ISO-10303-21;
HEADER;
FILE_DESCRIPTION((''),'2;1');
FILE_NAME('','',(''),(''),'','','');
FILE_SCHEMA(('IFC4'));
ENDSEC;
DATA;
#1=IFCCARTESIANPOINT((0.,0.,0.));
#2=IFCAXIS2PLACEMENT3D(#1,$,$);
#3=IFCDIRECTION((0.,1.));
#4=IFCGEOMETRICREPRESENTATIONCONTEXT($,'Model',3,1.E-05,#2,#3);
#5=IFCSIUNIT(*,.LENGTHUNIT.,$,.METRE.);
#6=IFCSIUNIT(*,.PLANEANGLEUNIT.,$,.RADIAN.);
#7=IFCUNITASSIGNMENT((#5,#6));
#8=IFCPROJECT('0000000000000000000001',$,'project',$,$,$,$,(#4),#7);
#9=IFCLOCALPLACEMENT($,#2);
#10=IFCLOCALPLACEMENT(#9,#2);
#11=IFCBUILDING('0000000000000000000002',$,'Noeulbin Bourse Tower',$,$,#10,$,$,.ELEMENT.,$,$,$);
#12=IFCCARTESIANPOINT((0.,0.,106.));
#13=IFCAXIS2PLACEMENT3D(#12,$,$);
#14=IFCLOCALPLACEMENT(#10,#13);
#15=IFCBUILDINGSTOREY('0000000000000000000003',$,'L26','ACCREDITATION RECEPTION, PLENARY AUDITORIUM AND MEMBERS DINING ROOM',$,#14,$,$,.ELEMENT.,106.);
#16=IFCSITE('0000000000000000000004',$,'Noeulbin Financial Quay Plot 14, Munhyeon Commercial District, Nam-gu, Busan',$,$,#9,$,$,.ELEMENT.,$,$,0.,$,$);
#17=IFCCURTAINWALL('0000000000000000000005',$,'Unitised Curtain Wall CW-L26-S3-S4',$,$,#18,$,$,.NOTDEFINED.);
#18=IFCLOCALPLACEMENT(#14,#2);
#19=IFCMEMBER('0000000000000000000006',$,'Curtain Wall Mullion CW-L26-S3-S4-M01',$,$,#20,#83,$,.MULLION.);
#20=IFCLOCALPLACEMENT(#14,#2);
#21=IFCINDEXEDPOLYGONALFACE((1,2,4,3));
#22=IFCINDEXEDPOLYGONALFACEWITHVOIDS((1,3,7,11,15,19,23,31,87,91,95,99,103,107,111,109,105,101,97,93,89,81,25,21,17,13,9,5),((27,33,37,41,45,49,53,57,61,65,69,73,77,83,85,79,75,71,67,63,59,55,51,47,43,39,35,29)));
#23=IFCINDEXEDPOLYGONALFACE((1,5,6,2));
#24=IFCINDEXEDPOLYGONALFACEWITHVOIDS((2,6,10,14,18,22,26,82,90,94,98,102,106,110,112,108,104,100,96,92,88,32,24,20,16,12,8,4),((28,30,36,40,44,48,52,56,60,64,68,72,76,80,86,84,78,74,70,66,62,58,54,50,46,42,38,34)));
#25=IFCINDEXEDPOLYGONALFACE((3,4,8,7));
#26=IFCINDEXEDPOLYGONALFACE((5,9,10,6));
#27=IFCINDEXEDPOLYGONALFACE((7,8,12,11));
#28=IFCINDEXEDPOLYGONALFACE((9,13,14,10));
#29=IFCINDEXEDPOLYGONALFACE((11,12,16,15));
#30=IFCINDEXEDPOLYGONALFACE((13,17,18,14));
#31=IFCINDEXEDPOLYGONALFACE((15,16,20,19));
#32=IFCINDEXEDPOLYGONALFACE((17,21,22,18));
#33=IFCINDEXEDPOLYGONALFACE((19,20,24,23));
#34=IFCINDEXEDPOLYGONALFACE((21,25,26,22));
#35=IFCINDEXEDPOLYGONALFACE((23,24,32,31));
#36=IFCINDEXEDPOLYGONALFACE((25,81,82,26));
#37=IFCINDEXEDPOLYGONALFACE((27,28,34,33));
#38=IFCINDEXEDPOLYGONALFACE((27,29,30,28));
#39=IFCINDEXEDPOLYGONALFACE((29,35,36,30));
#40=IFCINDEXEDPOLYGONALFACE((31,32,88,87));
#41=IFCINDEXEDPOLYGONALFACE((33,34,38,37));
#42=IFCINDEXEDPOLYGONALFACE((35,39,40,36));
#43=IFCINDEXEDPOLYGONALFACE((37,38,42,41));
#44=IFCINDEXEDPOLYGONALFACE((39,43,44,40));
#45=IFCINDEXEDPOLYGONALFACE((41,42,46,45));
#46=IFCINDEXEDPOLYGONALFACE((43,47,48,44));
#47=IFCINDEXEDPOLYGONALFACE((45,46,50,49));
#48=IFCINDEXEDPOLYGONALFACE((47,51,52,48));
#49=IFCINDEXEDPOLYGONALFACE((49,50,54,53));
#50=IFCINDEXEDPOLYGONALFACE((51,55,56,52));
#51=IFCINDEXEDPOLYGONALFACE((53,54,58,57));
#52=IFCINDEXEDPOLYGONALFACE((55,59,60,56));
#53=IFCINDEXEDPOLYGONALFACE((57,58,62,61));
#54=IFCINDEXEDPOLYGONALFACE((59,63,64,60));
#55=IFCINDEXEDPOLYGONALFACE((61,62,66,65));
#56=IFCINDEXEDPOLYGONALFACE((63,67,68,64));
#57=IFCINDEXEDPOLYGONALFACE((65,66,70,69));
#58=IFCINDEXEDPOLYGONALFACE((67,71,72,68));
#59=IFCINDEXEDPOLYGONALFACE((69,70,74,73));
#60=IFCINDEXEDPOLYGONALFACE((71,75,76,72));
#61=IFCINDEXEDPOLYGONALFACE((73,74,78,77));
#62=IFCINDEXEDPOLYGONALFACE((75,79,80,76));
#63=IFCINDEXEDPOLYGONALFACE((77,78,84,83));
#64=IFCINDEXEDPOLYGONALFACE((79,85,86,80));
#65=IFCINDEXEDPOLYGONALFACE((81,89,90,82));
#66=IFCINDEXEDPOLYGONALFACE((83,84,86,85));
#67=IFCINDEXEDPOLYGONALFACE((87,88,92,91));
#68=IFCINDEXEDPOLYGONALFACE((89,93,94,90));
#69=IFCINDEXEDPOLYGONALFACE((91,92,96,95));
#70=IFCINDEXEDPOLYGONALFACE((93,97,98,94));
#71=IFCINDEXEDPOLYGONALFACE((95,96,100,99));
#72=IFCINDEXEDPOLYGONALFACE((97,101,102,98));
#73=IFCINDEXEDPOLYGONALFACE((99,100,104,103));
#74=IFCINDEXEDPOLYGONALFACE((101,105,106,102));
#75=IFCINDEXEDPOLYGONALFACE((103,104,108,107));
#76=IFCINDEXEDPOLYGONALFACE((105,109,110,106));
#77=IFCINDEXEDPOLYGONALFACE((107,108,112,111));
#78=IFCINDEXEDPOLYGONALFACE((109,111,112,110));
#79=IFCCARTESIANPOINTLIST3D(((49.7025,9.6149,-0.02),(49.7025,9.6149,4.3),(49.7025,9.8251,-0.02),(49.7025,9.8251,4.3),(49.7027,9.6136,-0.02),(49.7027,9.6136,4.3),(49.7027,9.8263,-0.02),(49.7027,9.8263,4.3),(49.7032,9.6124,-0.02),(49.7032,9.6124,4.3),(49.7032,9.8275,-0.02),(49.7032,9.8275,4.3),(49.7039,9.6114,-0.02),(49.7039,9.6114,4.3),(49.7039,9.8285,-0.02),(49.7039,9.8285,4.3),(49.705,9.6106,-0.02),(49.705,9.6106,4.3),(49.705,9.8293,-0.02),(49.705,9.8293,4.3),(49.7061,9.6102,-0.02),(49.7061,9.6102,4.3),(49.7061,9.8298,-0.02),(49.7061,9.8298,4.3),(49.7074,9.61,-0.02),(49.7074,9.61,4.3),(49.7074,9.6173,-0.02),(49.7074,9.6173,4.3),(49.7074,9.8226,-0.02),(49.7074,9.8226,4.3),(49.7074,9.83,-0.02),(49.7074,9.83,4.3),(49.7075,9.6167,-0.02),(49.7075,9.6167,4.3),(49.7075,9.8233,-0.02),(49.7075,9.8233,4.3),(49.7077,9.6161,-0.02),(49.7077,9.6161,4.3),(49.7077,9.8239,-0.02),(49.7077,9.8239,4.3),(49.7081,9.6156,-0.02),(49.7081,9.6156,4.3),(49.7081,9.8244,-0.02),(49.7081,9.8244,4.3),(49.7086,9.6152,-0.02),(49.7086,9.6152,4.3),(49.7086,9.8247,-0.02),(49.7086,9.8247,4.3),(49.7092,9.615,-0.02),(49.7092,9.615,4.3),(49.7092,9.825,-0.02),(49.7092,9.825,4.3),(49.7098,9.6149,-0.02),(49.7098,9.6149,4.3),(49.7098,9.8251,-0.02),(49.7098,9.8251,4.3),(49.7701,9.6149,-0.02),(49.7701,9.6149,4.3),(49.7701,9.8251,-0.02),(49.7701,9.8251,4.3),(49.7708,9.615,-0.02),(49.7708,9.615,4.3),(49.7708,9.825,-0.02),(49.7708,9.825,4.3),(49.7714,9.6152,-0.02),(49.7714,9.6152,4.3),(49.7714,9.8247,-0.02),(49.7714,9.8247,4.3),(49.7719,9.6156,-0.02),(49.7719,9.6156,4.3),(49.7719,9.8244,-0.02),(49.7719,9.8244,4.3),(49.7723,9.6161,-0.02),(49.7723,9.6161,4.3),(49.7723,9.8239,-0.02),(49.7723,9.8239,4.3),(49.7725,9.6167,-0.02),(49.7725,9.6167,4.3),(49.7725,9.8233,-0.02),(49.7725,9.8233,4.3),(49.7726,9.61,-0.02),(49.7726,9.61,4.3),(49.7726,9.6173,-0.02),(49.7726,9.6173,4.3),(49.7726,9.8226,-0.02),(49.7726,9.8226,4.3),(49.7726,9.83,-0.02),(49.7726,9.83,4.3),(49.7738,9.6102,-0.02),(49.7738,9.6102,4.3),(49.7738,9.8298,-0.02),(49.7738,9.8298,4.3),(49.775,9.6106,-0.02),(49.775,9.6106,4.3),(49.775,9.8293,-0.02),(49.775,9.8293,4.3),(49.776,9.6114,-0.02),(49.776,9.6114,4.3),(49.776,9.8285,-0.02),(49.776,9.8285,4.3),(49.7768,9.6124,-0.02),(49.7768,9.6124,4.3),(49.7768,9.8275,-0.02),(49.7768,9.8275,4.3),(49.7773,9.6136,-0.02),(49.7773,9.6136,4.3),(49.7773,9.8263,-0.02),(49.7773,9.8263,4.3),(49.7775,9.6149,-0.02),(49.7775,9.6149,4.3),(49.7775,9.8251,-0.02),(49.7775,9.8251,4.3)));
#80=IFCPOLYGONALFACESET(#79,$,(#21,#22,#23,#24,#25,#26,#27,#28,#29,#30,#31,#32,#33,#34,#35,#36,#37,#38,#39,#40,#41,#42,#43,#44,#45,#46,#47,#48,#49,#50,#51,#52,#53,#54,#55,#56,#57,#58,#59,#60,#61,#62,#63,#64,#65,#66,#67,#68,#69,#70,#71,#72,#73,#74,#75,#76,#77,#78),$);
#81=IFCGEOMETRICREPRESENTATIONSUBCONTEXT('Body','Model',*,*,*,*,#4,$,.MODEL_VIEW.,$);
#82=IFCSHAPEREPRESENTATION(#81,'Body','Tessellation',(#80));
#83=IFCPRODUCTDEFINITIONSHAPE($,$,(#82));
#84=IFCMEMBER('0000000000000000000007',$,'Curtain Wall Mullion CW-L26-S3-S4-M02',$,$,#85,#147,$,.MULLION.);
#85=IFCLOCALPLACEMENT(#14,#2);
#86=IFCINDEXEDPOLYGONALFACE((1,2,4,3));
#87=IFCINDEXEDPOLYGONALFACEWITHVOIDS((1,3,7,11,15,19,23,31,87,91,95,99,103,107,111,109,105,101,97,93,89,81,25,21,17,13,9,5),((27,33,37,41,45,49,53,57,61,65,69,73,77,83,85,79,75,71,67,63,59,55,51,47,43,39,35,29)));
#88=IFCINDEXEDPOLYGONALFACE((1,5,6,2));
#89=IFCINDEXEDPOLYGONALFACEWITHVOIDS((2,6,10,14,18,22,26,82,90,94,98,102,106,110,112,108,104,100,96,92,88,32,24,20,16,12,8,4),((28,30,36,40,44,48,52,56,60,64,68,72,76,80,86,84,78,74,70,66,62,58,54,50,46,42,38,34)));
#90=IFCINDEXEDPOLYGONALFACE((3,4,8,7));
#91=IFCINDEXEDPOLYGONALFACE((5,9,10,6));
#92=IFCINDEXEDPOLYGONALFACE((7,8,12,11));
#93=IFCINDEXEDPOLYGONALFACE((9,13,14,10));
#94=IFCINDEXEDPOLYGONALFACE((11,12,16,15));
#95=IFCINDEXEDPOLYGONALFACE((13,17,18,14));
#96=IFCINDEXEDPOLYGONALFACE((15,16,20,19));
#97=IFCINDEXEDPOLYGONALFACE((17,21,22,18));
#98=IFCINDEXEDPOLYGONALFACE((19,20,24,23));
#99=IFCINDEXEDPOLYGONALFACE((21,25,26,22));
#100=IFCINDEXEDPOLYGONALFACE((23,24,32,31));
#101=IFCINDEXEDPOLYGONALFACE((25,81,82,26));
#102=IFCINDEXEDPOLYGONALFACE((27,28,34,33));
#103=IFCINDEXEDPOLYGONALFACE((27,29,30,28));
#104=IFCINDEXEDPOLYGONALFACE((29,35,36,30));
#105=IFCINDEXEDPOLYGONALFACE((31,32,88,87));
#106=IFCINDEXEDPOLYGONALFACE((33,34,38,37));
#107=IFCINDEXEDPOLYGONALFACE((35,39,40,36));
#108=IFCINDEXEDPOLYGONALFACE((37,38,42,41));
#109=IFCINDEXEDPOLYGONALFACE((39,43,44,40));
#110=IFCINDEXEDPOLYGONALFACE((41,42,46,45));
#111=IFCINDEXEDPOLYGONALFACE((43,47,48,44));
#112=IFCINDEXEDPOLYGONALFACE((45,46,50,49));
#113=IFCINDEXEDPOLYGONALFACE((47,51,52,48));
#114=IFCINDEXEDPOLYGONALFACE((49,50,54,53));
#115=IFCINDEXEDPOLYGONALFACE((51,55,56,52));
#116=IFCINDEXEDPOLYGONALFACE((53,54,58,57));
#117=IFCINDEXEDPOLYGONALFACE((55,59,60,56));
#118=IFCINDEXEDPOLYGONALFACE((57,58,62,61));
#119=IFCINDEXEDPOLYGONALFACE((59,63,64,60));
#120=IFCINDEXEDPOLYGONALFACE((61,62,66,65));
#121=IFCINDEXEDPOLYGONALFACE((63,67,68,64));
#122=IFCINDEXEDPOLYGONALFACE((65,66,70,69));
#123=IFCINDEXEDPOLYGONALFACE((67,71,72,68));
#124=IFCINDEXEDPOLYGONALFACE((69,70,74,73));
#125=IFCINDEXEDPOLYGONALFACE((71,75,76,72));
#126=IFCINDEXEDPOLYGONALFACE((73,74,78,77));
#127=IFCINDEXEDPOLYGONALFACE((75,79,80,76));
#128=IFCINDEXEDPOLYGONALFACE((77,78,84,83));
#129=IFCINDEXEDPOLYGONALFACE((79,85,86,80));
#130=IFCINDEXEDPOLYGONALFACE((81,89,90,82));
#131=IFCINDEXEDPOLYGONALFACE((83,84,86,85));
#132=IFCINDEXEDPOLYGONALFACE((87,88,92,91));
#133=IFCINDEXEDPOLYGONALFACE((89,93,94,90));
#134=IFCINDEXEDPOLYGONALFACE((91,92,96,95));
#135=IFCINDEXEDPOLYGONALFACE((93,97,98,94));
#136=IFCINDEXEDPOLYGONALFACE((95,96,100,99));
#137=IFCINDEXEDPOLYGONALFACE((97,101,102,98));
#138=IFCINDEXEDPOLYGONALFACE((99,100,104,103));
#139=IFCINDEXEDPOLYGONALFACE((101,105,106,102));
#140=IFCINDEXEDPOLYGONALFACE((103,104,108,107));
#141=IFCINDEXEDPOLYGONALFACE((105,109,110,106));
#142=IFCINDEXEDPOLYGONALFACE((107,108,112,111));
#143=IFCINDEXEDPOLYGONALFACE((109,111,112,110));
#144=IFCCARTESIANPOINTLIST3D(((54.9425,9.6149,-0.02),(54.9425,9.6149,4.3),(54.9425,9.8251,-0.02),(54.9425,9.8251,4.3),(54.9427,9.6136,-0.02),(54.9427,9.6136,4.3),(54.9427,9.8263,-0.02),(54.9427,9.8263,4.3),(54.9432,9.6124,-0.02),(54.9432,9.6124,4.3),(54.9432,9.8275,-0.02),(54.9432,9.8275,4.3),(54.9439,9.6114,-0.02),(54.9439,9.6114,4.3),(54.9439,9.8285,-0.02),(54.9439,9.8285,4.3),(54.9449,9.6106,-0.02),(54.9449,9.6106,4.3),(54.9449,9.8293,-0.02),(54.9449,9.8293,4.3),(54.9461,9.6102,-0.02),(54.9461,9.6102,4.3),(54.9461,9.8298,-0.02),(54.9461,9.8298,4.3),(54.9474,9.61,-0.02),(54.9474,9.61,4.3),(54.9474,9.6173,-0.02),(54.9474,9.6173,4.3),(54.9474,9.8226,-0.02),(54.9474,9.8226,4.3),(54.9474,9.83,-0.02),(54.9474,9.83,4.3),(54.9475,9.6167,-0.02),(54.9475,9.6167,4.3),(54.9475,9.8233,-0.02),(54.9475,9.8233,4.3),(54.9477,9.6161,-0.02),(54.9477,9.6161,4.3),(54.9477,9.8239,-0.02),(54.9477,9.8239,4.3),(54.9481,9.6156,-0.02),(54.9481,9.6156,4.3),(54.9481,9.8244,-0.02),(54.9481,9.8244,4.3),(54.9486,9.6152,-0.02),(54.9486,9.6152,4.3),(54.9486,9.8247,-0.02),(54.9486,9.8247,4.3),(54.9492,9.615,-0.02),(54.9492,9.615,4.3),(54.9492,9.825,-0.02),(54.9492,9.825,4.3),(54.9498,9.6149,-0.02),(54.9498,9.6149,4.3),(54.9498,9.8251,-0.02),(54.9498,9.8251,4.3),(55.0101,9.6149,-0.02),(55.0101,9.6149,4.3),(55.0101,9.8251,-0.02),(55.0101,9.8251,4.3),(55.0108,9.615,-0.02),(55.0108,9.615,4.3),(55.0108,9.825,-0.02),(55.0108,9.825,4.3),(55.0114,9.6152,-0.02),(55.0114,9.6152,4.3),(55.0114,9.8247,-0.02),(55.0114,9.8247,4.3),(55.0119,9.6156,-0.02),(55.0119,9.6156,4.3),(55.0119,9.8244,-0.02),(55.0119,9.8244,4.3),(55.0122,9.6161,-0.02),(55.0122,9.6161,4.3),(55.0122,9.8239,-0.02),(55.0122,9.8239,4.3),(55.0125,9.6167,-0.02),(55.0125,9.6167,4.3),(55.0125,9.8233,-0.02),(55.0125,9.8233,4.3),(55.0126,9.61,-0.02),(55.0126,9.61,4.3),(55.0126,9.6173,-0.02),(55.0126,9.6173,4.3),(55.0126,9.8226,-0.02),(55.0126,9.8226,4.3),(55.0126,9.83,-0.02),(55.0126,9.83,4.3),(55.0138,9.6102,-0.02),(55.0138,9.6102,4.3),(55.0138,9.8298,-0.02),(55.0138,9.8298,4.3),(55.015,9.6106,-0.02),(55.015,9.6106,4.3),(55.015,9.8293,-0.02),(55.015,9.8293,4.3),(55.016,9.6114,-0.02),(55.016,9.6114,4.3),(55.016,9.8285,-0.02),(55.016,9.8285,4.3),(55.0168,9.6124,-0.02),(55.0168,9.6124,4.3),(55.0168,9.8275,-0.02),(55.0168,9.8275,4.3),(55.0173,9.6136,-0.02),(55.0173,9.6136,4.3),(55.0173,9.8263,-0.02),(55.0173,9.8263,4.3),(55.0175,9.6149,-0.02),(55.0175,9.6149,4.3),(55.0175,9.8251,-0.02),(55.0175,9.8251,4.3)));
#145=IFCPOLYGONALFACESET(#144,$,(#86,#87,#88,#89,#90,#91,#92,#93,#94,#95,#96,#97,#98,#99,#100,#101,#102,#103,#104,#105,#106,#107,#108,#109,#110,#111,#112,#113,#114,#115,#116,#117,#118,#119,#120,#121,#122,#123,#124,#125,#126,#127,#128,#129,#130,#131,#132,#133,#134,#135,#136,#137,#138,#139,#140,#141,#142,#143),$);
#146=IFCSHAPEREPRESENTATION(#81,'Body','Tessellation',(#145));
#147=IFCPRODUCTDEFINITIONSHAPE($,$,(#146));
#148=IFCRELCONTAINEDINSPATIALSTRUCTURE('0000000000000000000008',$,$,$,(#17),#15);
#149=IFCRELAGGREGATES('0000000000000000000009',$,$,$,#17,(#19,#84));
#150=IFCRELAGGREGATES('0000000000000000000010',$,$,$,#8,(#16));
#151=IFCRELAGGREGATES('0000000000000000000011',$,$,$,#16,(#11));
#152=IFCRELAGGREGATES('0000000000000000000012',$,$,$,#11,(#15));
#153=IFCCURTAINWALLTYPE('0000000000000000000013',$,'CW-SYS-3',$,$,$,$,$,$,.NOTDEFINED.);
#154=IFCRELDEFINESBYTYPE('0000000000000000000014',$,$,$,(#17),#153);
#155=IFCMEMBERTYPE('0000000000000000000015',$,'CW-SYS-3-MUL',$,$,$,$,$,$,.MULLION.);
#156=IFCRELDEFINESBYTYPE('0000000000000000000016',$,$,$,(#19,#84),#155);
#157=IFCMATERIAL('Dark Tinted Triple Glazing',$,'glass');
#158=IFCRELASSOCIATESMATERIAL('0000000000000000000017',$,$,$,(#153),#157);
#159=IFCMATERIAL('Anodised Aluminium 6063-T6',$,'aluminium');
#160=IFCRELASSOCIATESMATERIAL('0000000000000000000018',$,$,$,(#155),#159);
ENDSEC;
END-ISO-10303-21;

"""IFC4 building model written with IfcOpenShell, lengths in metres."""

from ifc_helpers import new_model, si_unit, direction, frame, origin, origin_2d, place, context, subcontext, project, spatial, hollow_rectangle, extrude, material, material_profile, profile_set, type_object, element, aggregate, save


model = new_model("IFC4")

# Units and contexts
model_context = context("Model", 3, precision=1e-05, world=origin(), true_north=direction((0.0, 1.0)))
body_context = subcontext(model_context, "Body", "Model", "MODEL_VIEW")
ifc_project = project(units=[si_unit("LENGTHUNIT", "METRE"), si_unit("PLANEANGLEUNIT", "RADIAN")], contexts=[model_context])

# Site, building, storey
site_placement = place(None, origin())
site = spatial("IfcSite", under=ifc_project, at=site_placement, Name="Noeulbin Financial Quay Plot 14, Munhyeon Commercial District, Nam-gu, Busan", CompositionType="ELEMENT", RefElevation=0.0)
building_placement = place(site_placement, origin())
building = spatial("IfcBuilding", under=site, at=building_placement, Name="Noeulbin Bourse Tower", CompositionType="ELEMENT")
storey_placement = place(building_placement, frame((0.0, 0.0, 106.0)))
storey = spatial("IfcBuildingStorey", under=building, at=storey_placement, Name="L26", Description="ACCREDITATION RECEPTION, PLENARY AUDITORIUM AND MEMBERS DINING ROOM", CompositionType="ELEMENT", Elevation=106.0)

# Shared definitions
ifc_material_1 = material(Name="Dark Tinted Triple Glazing", Category="glass")
curtain_wall_type = type_object("IfcCurtainWallType", Name="CW-SYS-3", PredefinedType="NOTDEFINED", material=ifc_material_1)
ifc_material_2 = material(Name="Anodised Aluminium 6063-T6", Category="aluminium")
ifc_material_profile_1 = material_profile(ifc_material_2, hollow_rectangle(XDim=0.075, YDim=0.22, WallThickness=0.0049, InnerFilletRadius=0.0024, OuterFilletRadius=0.0049, at=origin_2d()), Name="ALU-MULL-75x220x5", Category="LoadBearing")
ifc_profile_set_1 = profile_set([ifc_material_profile_1], Name="Anodised Aluminium 6063-T6")
member_type_1 = type_object("IfcMemberType", Name="CW-SYS-3-MUL", PredefinedType="MULLION", material=ifc_profile_set_1)

# Curtain wall, members
curtain_wall_1_placement = place(storey_placement, origin())
curtain_wall_1 = element("IfcCurtainWall", 1, at=curtain_wall_1_placement, inside=storey, type_object=curtain_wall_type, Name="Unitised Curtain Wall CW-L26-S3-S4", PredefinedType="NOTDEFINED")
member_1_placement = place(storey_placement, frame((49.74, 9.72, -0.02), z_axis=(0.0, 0.0, 1.0), x_axis=(1.0, 0.0, 0.0)))
member_1 = element("IfcMember", 2, at=member_1_placement, type_object=member_type_1, Name="Curtain Wall Mullion CW-L26-S3-S4-M01", PredefinedType="MULLION", context=body_context, shape_type="SweptSolid", body=[
    extrude(hollow_rectangle(XDim=0.075, YDim=0.22, WallThickness=0.0049, InnerFilletRadius=0.0024, OuterFilletRadius=0.0049, at=origin_2d()), origin(), (0.0, 0.0, 1.0), 4.3201),
])
member_2_placement = place(storey_placement, frame((54.98, 9.72, -0.02), z_axis=(0.0, 0.0, 1.0), x_axis=(1.0, 0.0, 0.0)))
member_2 = element("IfcMember", 3, at=member_2_placement, type_object=member_type_1, Name="Curtain Wall Mullion CW-L26-S3-S4-M02", PredefinedType="MULLION", context=body_context, shape_type="SweptSolid", body=[
    extrude(hollow_rectangle(XDim=0.075, YDim=0.22, WallThickness=0.0049, InnerFilletRadius=0.0024, OuterFilletRadius=0.0049, at=origin_2d()), origin(), (0.0, 0.0, 1.0), 4.3201),
])

aggregate(curtain_wall_1, [member_1, member_2])

save(model, "model.ifc")
